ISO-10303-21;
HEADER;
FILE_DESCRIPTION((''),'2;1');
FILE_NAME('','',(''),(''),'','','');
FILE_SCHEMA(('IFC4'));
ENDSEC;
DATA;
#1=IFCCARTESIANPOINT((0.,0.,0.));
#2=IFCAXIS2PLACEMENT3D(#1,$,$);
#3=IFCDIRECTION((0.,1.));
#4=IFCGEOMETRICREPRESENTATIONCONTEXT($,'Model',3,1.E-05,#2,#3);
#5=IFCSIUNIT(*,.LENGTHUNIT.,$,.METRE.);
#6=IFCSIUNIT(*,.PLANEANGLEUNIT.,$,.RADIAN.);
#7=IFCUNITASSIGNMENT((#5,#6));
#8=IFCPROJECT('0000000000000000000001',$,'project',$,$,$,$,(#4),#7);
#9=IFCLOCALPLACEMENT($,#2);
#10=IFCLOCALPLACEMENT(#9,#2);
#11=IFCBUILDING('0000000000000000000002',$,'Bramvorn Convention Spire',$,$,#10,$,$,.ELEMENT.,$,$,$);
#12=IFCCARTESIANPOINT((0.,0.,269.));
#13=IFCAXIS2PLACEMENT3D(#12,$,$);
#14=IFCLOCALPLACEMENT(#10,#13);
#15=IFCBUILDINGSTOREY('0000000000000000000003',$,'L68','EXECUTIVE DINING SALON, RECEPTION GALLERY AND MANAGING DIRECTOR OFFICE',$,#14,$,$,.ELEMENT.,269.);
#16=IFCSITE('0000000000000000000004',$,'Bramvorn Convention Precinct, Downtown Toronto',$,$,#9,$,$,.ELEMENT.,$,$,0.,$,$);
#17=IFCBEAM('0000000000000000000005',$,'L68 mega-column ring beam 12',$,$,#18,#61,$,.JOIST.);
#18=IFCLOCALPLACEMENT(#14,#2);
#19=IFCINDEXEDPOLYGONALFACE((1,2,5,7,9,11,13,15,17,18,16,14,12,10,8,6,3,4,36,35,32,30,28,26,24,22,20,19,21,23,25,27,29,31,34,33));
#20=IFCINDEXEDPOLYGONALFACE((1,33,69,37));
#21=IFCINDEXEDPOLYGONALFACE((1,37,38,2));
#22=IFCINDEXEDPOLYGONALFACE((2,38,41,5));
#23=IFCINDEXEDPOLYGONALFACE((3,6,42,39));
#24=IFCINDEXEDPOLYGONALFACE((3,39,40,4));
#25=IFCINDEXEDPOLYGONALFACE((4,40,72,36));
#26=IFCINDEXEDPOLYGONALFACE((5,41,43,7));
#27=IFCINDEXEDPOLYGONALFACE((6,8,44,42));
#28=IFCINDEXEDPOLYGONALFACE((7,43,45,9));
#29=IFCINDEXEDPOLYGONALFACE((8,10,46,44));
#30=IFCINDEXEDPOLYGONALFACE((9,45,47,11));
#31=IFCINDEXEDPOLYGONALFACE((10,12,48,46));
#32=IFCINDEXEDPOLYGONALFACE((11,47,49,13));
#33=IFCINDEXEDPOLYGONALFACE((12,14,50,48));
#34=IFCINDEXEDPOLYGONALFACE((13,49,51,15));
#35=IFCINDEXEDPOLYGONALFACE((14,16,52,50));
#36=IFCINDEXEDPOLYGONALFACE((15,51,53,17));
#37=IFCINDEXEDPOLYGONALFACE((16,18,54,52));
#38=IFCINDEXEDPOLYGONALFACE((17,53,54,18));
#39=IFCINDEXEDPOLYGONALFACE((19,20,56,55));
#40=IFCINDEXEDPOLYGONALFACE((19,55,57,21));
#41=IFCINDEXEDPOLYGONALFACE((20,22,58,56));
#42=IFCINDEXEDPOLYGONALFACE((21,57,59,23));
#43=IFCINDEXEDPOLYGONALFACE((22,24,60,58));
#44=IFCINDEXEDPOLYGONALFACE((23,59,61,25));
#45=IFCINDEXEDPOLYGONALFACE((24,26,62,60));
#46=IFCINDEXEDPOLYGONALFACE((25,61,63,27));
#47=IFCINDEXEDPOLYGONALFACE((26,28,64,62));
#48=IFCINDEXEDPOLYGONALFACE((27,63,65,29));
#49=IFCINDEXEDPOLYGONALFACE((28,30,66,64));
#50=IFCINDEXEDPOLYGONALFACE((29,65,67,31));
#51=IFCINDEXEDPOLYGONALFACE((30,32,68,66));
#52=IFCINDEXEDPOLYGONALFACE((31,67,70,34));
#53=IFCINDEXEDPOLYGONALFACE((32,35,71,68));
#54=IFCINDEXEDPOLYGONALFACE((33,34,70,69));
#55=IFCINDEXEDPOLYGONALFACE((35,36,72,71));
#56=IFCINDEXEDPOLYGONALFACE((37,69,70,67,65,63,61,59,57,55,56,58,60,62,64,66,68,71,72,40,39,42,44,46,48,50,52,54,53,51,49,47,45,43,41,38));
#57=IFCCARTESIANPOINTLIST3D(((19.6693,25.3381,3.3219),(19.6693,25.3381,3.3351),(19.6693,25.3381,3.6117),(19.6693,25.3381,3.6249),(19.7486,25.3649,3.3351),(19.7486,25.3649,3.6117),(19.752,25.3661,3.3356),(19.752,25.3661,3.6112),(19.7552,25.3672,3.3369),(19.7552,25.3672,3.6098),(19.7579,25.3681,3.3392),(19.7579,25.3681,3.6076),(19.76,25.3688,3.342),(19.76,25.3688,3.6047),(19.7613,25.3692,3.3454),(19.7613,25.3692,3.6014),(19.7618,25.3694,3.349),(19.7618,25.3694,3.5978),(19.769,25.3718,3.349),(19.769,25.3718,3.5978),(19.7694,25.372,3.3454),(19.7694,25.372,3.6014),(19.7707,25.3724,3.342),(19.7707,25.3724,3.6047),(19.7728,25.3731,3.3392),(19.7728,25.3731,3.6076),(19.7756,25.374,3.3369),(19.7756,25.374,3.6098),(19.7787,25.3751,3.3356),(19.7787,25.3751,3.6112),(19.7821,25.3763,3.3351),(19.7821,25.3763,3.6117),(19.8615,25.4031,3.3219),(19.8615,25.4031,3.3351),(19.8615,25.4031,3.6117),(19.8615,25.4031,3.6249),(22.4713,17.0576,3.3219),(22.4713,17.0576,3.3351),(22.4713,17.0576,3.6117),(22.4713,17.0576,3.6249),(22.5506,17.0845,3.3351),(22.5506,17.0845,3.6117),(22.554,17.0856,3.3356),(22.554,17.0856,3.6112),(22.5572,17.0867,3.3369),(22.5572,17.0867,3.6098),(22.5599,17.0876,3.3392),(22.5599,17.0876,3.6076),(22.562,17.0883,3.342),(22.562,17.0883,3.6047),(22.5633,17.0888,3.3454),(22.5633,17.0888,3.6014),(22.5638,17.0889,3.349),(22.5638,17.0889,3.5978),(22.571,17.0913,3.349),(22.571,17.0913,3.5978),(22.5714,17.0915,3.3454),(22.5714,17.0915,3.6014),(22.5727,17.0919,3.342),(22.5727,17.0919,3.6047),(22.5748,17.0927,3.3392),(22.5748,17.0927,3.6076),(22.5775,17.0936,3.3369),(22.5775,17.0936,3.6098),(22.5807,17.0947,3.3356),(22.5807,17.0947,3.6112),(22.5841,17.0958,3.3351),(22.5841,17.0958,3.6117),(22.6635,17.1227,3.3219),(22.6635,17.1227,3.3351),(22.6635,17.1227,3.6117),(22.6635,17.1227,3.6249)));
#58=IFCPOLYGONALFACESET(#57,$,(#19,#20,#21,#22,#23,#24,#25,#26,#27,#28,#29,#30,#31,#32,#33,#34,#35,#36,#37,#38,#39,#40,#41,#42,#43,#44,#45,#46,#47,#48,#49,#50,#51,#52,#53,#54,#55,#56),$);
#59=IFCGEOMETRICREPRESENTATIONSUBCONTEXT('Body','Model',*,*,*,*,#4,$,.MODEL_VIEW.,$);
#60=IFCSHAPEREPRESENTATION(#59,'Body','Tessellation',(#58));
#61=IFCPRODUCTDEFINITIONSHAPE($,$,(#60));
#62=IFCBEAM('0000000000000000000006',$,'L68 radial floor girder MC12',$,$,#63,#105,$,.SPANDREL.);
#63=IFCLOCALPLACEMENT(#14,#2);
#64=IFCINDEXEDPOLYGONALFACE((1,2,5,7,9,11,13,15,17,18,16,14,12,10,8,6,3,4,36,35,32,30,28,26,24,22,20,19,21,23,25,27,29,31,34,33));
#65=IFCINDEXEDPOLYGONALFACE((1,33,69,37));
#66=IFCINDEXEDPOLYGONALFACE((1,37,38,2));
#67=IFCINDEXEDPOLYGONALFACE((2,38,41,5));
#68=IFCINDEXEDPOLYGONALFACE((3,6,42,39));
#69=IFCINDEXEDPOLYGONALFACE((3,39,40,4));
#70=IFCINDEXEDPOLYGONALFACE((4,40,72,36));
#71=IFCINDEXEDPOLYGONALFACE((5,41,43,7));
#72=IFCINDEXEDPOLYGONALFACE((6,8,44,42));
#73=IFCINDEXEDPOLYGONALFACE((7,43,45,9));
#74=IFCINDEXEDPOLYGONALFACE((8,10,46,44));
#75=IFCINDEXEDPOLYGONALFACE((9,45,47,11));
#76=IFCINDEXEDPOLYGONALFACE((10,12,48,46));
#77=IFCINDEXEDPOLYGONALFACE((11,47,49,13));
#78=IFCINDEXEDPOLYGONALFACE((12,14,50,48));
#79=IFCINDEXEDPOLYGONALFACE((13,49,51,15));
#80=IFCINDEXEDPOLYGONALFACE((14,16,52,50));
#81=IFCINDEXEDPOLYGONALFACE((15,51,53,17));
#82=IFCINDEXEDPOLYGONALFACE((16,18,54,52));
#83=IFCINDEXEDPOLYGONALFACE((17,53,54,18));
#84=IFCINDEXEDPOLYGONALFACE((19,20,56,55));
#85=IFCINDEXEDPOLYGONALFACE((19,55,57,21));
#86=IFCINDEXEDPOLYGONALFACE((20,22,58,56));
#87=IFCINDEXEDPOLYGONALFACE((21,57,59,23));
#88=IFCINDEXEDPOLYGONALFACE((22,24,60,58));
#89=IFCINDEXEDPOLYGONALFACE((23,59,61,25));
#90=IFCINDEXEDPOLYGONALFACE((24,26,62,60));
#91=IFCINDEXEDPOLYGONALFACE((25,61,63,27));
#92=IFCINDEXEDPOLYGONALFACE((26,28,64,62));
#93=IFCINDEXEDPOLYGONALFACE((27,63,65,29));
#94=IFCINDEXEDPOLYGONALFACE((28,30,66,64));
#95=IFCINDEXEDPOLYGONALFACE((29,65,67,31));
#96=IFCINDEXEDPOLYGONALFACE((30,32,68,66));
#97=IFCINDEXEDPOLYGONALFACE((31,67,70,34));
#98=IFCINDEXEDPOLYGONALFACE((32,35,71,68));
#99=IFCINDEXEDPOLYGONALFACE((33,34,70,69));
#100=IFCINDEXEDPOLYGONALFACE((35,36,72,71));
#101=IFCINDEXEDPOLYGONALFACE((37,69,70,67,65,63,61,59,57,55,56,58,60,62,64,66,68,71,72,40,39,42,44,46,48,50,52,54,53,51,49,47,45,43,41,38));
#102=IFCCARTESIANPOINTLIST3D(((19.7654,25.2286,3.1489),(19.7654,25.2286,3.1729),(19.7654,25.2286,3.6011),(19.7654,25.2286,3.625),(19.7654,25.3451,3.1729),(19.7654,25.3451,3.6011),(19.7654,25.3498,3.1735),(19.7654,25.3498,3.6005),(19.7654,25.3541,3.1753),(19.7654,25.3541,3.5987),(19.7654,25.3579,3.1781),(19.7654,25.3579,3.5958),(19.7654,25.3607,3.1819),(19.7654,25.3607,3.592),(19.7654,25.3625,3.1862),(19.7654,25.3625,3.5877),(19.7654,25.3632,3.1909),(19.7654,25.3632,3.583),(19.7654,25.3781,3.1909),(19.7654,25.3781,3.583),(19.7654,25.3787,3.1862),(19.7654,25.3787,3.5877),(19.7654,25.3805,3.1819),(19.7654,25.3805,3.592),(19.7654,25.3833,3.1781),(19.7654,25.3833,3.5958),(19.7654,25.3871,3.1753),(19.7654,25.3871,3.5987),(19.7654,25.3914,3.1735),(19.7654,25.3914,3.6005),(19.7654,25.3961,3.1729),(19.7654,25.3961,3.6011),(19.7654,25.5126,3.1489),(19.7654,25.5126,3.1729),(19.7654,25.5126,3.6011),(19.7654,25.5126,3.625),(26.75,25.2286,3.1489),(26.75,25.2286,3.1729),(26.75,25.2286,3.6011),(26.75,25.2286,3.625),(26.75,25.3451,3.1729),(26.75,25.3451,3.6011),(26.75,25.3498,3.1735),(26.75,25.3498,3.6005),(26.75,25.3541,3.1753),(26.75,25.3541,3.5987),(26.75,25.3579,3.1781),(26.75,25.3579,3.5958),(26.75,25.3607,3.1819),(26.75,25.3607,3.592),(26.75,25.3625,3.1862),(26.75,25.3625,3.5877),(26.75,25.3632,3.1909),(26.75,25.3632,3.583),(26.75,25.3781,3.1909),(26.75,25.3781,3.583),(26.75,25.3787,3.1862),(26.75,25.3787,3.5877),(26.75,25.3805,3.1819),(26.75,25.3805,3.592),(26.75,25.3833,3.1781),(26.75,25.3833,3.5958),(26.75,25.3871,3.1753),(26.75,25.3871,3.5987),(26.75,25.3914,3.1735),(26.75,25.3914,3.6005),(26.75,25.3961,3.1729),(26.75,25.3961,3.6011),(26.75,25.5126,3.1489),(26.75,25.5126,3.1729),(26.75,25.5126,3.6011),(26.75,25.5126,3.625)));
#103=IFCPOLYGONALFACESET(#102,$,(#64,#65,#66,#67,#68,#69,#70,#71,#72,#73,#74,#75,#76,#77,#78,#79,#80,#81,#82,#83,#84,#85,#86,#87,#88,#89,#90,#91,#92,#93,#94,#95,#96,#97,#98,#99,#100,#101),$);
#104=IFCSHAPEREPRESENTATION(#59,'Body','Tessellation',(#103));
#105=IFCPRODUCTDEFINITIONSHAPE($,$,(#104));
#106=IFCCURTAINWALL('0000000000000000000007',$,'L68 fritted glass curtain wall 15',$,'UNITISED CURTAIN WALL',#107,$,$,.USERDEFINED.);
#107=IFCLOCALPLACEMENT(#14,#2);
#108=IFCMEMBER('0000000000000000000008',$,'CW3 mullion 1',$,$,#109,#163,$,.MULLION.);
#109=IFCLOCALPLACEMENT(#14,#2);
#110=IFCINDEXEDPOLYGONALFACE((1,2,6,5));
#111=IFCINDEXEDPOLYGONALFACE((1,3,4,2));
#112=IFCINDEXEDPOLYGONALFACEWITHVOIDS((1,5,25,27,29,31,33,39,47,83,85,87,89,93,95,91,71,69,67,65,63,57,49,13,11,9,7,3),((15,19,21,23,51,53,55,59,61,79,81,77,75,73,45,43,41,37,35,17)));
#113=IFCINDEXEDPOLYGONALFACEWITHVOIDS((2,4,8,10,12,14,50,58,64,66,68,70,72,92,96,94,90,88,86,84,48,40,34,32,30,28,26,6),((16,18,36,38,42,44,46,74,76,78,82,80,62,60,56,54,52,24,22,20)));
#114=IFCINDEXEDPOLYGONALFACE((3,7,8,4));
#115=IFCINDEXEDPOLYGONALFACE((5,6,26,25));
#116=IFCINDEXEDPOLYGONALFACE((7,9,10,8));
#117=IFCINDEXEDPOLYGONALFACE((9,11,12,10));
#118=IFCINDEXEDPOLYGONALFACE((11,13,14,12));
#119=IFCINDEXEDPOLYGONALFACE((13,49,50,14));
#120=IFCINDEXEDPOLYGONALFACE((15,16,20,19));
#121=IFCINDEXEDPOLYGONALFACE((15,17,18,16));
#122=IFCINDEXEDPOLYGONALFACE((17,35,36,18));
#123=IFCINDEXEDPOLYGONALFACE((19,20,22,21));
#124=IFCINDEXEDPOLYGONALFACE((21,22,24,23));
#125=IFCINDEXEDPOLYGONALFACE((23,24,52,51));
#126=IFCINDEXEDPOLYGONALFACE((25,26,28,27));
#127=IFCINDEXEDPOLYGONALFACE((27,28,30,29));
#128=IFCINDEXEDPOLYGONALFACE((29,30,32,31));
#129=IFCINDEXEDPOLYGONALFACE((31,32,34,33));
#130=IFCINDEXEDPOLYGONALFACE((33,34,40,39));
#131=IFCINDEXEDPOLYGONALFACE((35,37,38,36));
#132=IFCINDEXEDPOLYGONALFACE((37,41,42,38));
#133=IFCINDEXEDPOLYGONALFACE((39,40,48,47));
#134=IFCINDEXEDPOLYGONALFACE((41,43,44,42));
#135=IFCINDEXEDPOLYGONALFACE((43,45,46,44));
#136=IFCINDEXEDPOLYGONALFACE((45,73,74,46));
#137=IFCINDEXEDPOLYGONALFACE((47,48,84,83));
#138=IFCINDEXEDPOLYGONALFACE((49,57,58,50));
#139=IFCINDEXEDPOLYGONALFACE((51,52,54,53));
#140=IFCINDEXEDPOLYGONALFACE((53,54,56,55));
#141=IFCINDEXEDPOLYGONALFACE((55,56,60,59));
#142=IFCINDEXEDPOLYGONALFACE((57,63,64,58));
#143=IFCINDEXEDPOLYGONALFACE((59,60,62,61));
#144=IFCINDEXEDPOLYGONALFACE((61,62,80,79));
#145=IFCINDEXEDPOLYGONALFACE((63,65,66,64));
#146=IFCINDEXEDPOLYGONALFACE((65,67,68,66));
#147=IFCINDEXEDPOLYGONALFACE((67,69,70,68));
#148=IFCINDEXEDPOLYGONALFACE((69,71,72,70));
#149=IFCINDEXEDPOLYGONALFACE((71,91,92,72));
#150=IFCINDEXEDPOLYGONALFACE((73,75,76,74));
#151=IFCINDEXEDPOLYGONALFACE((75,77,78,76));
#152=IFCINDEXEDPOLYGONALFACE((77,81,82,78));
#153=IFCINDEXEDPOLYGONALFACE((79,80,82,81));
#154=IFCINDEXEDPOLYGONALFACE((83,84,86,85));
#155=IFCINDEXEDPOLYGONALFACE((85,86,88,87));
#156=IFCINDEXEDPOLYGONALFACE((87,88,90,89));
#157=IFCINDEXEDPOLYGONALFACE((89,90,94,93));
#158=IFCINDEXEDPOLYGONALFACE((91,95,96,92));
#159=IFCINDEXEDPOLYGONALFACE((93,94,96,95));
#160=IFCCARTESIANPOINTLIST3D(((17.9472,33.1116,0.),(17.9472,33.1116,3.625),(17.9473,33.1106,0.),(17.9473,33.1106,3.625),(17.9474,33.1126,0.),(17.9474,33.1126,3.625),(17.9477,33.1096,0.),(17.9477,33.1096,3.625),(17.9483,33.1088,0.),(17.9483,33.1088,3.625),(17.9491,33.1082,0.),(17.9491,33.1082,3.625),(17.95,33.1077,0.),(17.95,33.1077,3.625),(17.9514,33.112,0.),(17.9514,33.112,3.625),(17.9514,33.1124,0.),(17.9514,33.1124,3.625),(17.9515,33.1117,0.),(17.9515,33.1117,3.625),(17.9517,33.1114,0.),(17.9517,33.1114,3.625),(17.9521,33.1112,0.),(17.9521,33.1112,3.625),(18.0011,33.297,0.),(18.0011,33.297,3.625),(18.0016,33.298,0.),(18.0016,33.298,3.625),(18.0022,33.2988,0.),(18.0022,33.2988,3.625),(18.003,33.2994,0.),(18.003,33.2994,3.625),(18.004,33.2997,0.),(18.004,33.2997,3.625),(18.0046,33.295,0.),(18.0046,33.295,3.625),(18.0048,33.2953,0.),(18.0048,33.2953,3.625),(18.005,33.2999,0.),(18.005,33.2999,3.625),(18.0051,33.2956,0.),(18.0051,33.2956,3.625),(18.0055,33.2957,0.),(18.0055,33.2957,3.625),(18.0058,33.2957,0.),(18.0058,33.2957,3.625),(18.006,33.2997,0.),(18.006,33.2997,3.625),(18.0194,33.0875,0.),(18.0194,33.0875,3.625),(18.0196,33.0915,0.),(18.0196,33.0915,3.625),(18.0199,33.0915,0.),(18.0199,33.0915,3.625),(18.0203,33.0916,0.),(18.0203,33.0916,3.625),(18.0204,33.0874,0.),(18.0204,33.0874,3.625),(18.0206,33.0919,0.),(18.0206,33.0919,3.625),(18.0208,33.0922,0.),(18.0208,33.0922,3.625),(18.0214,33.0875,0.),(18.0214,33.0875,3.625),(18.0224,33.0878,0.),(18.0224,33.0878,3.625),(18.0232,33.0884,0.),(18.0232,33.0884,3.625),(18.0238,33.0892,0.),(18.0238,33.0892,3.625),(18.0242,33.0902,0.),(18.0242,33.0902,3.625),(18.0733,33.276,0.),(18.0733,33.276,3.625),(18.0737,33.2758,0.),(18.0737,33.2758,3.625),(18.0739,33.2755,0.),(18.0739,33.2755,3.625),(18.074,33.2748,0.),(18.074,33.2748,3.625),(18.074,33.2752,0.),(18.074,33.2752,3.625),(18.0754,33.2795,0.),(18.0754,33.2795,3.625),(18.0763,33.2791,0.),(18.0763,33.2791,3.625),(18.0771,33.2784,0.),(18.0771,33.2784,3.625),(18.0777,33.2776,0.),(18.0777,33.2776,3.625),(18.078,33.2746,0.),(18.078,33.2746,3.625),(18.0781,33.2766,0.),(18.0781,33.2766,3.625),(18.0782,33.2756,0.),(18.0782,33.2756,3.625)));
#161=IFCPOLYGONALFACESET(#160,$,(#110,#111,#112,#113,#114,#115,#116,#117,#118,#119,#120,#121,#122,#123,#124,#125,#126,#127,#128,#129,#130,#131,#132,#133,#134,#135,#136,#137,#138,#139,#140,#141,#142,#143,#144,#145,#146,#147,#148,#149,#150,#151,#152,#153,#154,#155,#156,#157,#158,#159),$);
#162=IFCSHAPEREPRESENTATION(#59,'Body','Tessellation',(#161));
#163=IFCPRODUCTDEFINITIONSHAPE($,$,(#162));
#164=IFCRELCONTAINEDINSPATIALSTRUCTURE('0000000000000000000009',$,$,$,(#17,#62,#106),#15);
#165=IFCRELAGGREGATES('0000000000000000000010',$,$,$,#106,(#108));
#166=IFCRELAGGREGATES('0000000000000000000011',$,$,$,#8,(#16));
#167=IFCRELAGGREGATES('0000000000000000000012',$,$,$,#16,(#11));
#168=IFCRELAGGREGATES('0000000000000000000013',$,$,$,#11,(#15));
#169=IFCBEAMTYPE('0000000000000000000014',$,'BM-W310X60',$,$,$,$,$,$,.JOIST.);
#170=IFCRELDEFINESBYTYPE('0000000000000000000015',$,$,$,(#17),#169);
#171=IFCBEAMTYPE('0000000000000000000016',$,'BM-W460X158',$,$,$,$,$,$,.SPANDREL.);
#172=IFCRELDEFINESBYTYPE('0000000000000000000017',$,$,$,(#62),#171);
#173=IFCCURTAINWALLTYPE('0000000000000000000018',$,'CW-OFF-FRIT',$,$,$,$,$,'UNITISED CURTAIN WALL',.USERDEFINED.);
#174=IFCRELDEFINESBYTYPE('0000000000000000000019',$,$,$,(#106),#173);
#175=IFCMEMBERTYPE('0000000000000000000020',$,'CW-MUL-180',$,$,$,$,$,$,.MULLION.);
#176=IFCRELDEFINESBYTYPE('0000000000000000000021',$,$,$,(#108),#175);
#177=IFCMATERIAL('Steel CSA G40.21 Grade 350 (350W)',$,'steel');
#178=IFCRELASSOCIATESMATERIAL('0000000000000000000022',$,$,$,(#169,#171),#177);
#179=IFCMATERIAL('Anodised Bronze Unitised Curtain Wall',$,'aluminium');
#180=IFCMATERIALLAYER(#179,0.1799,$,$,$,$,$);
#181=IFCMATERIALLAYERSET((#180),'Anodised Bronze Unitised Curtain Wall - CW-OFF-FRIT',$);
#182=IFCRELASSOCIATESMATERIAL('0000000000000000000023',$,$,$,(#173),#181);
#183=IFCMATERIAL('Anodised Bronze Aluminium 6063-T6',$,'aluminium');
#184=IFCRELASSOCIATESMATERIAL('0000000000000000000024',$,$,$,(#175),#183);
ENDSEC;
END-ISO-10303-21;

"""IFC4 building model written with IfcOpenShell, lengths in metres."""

from ifc_helpers import new_model, si_unit, direction, frame, origin, origin_2d, place, context, subcontext, project, spatial, hollow_rectangle, i_section, extrude, material, layer, layer_set, material_profile, profile_set, type_object, element, aggregate, save


model = new_model("IFC4")

# Units and contexts
model_context = context("Model", 3, precision=1e-05, world=origin(), true_north=direction((0.0, 1.0)))
body_context = subcontext(model_context, "Body", "Model", "MODEL_VIEW")
ifc_project = project(units=[si_unit("LENGTHUNIT", "METRE"), si_unit("PLANEANGLEUNIT", "RADIAN")], contexts=[model_context])

# Site, building, storey
site_placement = place(None, origin())
site = spatial("IfcSite", under=ifc_project, at=site_placement, Name="Bramvorn Convention Precinct, Downtown Toronto", CompositionType="ELEMENT", RefElevation=0.0)
building_placement = place(site_placement, origin())
building = spatial("IfcBuilding", under=site, at=building_placement, Name="Bramvorn Convention Spire", CompositionType="ELEMENT")
storey_placement = place(building_placement, frame((0.0, 0.0, 269.0)))
storey = spatial("IfcBuildingStorey", under=building, at=storey_placement, Name="L68", Description="EXECUTIVE DINING SALON, RECEPTION GALLERY AND MANAGING DIRECTOR OFFICE", CompositionType="ELEMENT", Elevation=269.0)

# Shared definitions
ifc_material_1 = material(Name="Steel CSA G40.21 Grade 350 (350W)", Category="steel")

# Beams
ifc_material_profile_1 = material_profile(ifc_material_1, i_section(OverallWidth=0.2029, OverallDepth=0.303, WebThickness=0.0076, FlangeThickness=0.0132, FilletRadius=0.0139, at=origin_2d()))
ifc_profile_set_1 = profile_set([ifc_material_profile_1], Name="Steel CSA G40.21 Grade 350 (350W) - W310X60")
beam_type_1 = type_object("IfcBeamType", Name="BM-W310X60", PredefinedType="JOIST", material=ifc_profile_set_1)
beam_1_placement = place(storey_placement, frame((19.7654, 25.3706, 3.4734), z_axis=(0.320531, -0.947238, 0.0), x_axis=(0.947238, 0.320531, 0.0)))
element("IfcBeam", 1, at=beam_1_placement, inside=storey, type_object=beam_type_1, Name="L68 mega-column ring beam 12", PredefinedType="JOIST", context=body_context, shape_type="SweptSolid", body=[
    extrude(i_section(OverallWidth=0.2029, OverallDepth=0.303, WebThickness=0.0076, FlangeThickness=0.0132, FilletRadius=0.0139, at=origin_2d()), origin(), (0.0, 0.0, 1.0), 8.7417),
])
ifc_material_profile_2 = material_profile(ifc_material_1, i_section(OverallWidth=0.2839, OverallDepth=0.4761, WebThickness=0.0149, FlangeThickness=0.0239, FilletRadius=0.0181, at=origin_2d()))
ifc_profile_set_2 = profile_set([ifc_material_profile_2], Name="Steel CSA G40.21 Grade 350 (350W) - W460X158")
beam_type_2 = type_object("IfcBeamType", Name="BM-W460X158", PredefinedType="SPANDREL", material=ifc_profile_set_2)
beam_2_placement = place(storey_placement, frame((26.75, 25.3706, 3.387), z_axis=(-1.0, 0.0, 0.0), x_axis=(0.0, -1.0, 0.0)))
element("IfcBeam", 2, at=beam_2_placement, inside=storey, type_object=beam_type_2, Name="L68 radial floor girder MC12", PredefinedType="SPANDREL", context=body_context, shape_type="SweptSolid", body=[
    extrude(i_section(OverallWidth=0.2839, OverallDepth=0.4761, WebThickness=0.0149, FlangeThickness=0.0239, FilletRadius=0.0181, at=origin_2d()), origin(), (0.0, 0.0, 1.0), 6.9846),
])

# Curtain wall, member
ifc_material_2 = material(Name="Anodised Bronze Unitised Curtain Wall", Category="aluminium")
ifc_layer_1 = layer(ifc_material_2, 0.1799)
ifc_layer_set_1 = layer_set([ifc_layer_1], Name="Anodised Bronze Unitised Curtain Wall - CW-OFF-FRIT")
curtain_wall_type = type_object("IfcCurtainWallType", Name="CW-OFF-FRIT", ElementType="UNITISED CURTAIN WALL", PredefinedType="USERDEFINED", material=ifc_layer_set_1)
curtain_wall_placement = place(storey_placement, origin())
curtain_wall = element("IfcCurtainWall", 3, at=curtain_wall_placement, inside=storey, type_object=curtain_wall_type, Name="L68 fritted glass curtain wall 15", ObjectType="UNITISED CURTAIN WALL", PredefinedType="USERDEFINED")
ifc_material_3 = material(Name="Anodised Bronze Aluminium 6063-T6", Category="aluminium")
ifc_material_profile_3 = material_profile(ifc_material_3, hollow_rectangle(XDim=0.0801, YDim=0.2, WallThickness=0.0039, InnerFilletRadius=0.001, OuterFilletRadius=0.0039, at=origin_2d()))
ifc_profile_set_3 = profile_set([ifc_material_profile_3], Name="Anodised Bronze Aluminium 6063-T6 - CWM80X200")
member_type_1 = type_object("IfcMemberType", Name="CW-MUL-180", PredefinedType="MULLION", material=ifc_profile_set_3)
member_1_placement = place(storey_placement, frame((18.0127, 33.1936, 0.0), z_axis=(0.0, 0.0, 1.0), x_axis=(-0.96002, 0.279933, 0.0)))
member_1 = element("IfcMember", 4, at=member_1_placement, type_object=member_type_1, Name="CW3 mullion 1", PredefinedType="MULLION", context=body_context, shape_type="SweptSolid", body=[
    extrude(hollow_rectangle(XDim=0.0801, YDim=0.2, WallThickness=0.0039, InnerFilletRadius=0.001, OuterFilletRadius=0.0039, at=origin_2d()), origin(), (0.0, 0.0, 1.0), 3.625),
])
aggregate(curtain_wall, [member_1])

save(model, "model.ifc")
